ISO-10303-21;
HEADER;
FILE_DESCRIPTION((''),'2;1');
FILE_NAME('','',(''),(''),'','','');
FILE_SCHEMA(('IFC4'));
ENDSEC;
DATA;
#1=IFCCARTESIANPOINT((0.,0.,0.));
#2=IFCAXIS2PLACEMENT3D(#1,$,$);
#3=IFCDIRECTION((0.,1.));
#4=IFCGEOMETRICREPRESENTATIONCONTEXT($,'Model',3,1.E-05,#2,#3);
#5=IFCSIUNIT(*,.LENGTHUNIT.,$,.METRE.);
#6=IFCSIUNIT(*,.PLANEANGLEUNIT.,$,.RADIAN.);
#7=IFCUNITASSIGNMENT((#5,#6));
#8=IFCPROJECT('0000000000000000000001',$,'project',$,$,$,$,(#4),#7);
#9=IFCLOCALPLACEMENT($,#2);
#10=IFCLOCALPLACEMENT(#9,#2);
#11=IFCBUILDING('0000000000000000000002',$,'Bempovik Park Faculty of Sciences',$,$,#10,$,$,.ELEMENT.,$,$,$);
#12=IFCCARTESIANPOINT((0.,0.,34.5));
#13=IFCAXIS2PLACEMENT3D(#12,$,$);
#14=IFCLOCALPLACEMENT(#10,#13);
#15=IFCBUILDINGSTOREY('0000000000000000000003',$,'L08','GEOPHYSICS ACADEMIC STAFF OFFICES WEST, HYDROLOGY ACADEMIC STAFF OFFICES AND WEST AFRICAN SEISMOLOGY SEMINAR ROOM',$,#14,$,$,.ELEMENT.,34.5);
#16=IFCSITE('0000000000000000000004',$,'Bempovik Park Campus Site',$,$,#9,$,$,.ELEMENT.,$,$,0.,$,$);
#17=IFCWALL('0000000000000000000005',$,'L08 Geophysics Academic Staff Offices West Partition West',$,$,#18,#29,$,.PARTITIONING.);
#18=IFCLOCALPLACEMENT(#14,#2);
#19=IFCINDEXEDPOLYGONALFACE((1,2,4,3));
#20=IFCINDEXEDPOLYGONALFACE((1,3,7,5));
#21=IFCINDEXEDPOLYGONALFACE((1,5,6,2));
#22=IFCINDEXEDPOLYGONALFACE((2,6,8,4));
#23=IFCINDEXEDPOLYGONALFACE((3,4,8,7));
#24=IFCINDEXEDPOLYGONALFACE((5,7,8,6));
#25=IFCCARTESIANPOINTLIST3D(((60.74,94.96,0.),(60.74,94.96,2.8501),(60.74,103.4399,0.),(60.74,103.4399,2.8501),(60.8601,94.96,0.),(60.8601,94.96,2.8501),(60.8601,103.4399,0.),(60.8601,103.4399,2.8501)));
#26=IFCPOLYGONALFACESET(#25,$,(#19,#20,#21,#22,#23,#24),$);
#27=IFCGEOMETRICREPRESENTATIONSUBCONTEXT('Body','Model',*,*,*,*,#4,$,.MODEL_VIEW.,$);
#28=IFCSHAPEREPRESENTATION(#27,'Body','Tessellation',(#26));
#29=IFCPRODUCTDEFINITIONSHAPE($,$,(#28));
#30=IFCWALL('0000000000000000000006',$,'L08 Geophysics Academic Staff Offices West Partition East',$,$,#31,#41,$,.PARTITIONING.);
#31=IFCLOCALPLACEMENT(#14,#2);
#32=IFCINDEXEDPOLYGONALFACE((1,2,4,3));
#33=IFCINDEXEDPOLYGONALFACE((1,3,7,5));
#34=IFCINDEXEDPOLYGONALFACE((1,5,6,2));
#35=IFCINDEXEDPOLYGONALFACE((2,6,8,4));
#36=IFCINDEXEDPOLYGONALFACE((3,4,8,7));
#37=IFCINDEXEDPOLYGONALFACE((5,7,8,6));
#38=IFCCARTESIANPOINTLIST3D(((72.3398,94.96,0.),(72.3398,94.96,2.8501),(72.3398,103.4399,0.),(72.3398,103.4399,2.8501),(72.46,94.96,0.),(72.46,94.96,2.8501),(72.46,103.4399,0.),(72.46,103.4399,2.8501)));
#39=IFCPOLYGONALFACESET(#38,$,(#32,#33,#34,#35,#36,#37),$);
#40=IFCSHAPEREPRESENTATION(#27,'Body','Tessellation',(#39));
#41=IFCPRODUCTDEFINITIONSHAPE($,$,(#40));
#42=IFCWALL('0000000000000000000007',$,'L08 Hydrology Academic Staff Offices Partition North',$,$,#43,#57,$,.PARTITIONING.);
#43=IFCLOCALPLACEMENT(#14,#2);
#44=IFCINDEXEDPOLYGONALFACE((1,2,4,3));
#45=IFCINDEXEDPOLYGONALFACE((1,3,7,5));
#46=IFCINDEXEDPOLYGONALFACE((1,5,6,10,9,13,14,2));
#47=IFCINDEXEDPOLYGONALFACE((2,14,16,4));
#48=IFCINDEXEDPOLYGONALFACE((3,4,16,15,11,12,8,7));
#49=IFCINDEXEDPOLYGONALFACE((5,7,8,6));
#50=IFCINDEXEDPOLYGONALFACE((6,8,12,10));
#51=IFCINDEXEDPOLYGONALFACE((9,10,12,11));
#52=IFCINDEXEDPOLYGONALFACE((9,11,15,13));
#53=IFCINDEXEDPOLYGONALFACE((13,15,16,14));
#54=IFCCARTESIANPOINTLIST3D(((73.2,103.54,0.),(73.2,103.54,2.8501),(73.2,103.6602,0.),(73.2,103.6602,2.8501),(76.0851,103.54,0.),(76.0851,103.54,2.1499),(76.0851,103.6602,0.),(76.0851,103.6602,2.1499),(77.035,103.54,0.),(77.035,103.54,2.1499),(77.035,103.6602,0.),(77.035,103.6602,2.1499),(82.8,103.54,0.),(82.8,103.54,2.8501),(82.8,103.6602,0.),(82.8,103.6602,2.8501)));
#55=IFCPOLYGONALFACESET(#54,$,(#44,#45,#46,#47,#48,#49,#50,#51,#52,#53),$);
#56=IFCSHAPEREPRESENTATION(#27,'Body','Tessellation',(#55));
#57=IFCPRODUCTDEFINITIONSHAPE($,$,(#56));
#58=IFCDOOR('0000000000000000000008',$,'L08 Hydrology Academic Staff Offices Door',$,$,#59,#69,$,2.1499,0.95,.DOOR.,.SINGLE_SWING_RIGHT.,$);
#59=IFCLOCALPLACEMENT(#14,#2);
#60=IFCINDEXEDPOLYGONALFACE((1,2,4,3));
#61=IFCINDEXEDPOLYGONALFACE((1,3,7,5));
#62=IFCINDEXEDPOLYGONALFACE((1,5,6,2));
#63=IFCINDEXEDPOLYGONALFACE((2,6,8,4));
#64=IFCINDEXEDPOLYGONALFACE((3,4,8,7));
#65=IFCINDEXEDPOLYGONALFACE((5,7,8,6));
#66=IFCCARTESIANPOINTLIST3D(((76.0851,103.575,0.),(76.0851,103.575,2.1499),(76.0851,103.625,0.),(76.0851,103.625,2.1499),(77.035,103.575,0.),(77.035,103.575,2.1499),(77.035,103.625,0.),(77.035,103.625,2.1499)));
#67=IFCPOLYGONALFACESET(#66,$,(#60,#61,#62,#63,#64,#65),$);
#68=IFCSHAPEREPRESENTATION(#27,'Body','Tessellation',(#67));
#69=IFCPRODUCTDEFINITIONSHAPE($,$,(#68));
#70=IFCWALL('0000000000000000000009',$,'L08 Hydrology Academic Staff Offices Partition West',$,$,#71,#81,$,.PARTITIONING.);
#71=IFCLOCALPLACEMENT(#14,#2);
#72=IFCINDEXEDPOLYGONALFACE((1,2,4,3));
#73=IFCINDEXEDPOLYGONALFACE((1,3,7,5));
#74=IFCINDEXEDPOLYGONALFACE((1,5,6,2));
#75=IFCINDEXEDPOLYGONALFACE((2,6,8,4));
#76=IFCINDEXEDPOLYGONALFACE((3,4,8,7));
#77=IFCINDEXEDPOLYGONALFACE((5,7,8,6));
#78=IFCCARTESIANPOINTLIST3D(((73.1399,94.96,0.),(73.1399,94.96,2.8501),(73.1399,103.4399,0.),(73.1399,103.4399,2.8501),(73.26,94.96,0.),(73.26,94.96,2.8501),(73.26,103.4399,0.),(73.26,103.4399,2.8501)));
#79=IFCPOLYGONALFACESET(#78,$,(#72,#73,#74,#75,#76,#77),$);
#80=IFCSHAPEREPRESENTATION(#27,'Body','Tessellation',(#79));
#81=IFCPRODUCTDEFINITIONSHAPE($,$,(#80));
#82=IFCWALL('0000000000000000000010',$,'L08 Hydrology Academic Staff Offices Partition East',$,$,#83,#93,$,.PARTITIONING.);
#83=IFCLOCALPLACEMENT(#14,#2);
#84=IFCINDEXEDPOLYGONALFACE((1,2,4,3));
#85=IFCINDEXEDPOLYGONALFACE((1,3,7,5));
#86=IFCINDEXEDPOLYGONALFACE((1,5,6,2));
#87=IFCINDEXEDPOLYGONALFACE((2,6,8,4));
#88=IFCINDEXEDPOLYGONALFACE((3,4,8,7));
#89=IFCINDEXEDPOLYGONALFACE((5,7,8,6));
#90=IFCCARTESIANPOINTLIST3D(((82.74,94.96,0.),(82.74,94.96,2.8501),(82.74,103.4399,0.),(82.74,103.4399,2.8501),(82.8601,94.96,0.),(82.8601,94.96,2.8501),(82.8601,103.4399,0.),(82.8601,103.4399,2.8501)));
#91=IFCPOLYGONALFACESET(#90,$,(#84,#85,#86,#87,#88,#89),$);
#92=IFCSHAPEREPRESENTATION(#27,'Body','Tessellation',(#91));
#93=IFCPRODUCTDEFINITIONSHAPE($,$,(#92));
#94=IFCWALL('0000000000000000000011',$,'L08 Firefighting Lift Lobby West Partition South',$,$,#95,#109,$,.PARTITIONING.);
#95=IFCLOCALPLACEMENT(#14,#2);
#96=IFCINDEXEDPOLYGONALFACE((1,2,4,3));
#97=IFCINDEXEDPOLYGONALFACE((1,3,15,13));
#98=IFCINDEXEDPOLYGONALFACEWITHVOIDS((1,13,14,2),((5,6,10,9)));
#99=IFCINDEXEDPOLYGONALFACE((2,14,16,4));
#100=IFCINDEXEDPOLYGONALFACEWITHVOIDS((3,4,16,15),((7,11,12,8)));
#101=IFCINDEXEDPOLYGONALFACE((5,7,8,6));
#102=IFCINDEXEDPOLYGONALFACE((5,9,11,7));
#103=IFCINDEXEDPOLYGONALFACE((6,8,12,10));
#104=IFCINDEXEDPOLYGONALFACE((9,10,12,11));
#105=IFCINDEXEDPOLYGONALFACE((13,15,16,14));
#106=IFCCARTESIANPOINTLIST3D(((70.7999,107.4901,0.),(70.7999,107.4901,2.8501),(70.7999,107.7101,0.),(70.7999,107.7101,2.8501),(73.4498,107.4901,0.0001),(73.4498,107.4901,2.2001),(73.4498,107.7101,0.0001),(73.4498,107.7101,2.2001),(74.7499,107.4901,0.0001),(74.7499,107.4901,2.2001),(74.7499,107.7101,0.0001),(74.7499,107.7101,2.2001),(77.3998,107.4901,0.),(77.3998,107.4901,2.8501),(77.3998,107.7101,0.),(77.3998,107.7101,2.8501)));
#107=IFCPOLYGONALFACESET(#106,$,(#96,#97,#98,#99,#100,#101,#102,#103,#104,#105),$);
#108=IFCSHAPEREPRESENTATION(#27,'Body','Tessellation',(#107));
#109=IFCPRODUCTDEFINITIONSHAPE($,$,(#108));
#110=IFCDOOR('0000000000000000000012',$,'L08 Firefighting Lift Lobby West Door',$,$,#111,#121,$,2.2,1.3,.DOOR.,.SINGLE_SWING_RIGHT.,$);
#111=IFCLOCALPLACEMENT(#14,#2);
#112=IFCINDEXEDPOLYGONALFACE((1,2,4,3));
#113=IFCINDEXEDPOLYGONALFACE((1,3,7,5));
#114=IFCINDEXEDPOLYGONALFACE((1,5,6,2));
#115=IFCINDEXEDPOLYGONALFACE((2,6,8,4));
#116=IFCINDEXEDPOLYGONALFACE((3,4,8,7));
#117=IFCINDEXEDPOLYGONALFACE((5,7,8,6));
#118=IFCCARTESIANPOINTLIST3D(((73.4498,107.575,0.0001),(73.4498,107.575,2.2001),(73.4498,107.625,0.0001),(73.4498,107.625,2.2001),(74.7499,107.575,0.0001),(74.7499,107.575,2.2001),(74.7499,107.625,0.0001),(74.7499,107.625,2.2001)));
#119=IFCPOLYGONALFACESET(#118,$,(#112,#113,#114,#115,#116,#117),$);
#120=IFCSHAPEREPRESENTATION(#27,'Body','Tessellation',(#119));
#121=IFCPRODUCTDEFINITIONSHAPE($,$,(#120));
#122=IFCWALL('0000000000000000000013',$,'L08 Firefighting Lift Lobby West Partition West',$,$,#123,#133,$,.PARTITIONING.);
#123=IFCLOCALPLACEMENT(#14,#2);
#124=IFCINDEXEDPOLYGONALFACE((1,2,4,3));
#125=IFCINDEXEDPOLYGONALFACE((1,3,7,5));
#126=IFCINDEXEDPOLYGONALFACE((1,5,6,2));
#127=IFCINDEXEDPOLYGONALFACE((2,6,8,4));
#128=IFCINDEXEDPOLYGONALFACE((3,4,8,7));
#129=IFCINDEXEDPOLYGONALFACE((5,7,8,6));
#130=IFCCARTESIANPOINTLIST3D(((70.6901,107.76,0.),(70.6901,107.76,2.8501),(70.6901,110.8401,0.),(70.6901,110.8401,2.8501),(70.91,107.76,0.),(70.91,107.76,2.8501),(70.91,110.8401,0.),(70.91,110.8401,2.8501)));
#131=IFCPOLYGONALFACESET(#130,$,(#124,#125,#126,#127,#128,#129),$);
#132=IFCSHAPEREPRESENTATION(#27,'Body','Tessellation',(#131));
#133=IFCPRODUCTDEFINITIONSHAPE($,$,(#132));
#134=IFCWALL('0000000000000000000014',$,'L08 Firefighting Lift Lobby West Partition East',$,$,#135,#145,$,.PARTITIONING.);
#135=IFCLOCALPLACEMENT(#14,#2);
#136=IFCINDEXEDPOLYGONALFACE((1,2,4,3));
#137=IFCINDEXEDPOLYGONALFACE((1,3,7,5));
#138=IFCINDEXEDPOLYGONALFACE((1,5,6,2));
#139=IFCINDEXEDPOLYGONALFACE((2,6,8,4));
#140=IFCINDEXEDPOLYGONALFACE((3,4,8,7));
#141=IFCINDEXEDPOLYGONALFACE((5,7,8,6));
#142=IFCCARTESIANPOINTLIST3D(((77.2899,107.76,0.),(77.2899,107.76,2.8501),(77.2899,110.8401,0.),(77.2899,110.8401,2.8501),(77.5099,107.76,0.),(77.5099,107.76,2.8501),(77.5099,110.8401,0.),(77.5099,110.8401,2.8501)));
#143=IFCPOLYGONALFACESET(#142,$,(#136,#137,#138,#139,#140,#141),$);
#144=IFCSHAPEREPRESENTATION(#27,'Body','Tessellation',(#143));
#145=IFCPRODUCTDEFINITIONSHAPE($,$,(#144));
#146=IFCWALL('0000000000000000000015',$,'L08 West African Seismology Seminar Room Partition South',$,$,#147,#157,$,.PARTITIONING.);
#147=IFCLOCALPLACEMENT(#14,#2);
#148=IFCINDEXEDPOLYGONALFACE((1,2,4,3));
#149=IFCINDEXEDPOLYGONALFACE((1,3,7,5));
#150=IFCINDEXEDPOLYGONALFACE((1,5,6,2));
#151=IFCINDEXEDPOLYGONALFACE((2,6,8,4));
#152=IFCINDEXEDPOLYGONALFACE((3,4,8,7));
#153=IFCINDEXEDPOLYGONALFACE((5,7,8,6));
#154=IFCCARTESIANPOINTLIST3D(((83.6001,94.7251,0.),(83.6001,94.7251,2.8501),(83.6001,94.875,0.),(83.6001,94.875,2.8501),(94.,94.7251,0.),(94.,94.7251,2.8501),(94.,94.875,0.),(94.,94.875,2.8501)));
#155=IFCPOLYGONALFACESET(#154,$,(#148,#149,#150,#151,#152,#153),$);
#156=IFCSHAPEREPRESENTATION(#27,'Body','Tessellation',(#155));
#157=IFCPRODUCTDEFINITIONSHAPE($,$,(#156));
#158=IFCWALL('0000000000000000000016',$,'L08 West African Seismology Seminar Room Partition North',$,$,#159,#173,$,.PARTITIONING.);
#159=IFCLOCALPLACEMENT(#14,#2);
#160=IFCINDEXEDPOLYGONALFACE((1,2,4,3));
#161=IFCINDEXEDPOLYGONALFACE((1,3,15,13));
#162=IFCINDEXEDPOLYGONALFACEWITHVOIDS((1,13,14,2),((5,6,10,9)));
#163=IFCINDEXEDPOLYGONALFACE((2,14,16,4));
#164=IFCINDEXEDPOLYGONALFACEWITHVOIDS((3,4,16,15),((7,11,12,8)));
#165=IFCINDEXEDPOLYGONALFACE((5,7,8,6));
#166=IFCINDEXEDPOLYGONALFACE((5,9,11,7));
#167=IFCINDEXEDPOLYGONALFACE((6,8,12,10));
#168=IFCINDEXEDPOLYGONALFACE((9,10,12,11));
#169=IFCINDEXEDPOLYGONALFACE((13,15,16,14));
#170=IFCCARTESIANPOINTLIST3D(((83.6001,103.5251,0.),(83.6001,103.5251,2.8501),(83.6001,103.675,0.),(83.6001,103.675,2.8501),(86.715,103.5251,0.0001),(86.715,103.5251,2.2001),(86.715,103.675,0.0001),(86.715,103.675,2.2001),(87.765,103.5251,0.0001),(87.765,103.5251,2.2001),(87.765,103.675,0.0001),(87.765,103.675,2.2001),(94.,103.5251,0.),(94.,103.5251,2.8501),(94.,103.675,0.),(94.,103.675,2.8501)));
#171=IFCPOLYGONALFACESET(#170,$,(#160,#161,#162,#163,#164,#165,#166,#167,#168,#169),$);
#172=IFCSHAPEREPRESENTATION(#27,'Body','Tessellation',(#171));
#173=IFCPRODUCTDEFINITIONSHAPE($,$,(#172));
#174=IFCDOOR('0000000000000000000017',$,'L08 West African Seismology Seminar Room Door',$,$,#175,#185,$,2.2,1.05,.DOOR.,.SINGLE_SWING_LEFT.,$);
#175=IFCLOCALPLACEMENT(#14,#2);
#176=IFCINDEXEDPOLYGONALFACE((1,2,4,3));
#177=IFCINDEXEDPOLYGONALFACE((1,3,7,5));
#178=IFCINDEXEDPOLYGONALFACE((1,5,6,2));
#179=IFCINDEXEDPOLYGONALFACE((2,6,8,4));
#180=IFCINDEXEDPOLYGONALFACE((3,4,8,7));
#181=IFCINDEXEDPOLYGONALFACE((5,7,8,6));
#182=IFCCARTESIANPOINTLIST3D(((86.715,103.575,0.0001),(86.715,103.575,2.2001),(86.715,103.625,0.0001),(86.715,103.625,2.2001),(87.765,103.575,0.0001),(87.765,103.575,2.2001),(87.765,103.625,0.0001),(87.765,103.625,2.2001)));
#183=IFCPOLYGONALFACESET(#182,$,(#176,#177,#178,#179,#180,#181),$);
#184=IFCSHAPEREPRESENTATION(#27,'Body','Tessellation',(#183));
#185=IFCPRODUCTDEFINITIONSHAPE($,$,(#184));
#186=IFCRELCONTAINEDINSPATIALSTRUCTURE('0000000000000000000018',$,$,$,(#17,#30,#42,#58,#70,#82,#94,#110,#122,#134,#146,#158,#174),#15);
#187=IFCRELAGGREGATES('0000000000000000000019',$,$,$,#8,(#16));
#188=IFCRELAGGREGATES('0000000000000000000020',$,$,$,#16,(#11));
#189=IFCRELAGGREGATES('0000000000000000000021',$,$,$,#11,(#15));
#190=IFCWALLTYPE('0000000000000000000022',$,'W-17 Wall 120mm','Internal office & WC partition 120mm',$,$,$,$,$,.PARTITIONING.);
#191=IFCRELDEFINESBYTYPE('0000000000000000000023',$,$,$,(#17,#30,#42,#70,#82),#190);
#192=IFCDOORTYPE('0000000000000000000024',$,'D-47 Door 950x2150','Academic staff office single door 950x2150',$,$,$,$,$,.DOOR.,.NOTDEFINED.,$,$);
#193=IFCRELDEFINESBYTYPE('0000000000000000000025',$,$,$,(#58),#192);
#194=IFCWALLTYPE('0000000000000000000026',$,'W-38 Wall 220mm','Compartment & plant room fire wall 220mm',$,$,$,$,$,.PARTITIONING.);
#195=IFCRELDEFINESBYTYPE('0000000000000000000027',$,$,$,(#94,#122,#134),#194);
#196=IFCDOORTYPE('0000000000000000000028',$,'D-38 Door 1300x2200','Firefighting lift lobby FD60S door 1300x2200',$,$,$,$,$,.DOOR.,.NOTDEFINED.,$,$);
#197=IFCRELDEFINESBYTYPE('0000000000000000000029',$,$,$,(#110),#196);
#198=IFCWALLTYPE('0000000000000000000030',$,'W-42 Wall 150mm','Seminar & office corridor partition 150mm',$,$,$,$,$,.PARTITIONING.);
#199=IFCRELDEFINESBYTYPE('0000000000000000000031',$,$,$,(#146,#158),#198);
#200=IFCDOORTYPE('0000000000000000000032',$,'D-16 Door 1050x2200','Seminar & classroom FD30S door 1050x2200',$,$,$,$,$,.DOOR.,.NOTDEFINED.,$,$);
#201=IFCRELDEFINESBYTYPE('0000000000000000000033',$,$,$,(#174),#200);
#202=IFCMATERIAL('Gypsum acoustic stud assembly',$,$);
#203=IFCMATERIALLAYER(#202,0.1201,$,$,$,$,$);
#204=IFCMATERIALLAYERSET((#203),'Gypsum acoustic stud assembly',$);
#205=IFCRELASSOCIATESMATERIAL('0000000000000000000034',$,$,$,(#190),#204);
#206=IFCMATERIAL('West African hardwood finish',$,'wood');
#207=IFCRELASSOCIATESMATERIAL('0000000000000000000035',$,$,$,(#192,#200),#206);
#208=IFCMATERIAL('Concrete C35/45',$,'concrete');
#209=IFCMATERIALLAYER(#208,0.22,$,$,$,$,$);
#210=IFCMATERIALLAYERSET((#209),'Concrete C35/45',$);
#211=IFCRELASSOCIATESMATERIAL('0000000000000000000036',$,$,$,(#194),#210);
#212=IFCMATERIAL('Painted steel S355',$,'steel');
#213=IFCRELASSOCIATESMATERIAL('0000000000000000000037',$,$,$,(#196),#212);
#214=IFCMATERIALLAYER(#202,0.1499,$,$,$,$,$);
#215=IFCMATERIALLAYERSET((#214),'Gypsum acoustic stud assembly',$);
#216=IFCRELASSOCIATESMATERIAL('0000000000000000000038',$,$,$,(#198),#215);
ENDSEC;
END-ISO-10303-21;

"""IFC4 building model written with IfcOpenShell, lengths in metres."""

from ifc_helpers import new_model, si_unit, direction, frame, frame_2d, origin, place, context, subcontext, project, spatial, rectangle, extrude, material, layer, layer_set, type_object, element, fill, save


model = new_model("IFC4")

# Units and contexts
model_context = context("Model", 3, precision=1e-05, world=origin(), true_north=direction((0.0, 1.0)))
body_context = subcontext(model_context, "Body", "Model", "MODEL_VIEW")
ifc_project = project(units=[si_unit("LENGTHUNIT", "METRE"), si_unit("PLANEANGLEUNIT", "RADIAN")], contexts=[model_context])

# Site, building, storey
site_placement = place(None, origin())
site = spatial("IfcSite", under=ifc_project, at=site_placement, Name="Bempovik Park Campus Site", CompositionType="ELEMENT", RefElevation=0.0)
building_placement = place(site_placement, origin())
building = spatial("IfcBuilding", under=site, at=building_placement, Name="Bempovik Park Faculty of Sciences", CompositionType="ELEMENT")
storey_placement = place(building_placement, frame((0.0, 0.0, 34.5)))
storey = spatial("IfcBuildingStorey", under=building, at=storey_placement, Name="L08", Description="GEOPHYSICS ACADEMIC STAFF OFFICES WEST, HYDROLOGY ACADEMIC STAFF OFFICES AND WEST AFRICAN SEISMOLOGY SEMINAR ROOM", CompositionType="ELEMENT", Elevation=34.5)

# Shared definitions
ifc_material_1 = material(Name="Concrete C35/45", Category="concrete")

# Shared definitions
ifc_material_2 = material(Name="Gypsum acoustic stud assembly")
ifc_layer_1 = layer(ifc_material_2, 0.1201)
ifc_layer_set_1 = layer_set([ifc_layer_1], Name="Gypsum acoustic stud assembly")
wall_type_1 = type_object("IfcWallType", Name="W-17 Wall 120mm", Description="Internal office & WC partition 120mm", PredefinedType="PARTITIONING", material=ifc_layer_set_1)
ifc_material_3 = material(Name="West African hardwood finish", Category="wood")
door_type_1 = type_object("IfcDoorType", Name="D-47 Door 950x2150", Description="Academic staff office single door 950x2150", OperationType="NOTDEFINED", PredefinedType="DOOR", material=ifc_material_3)

# Walls
for number, where, z_axis, x_axis, name in (
    (1, (60.8, 94.96, 0.0), (0.0, 0.0, 1.0), (0.0, 1.0, 0.0), "L08 Geophysics Academic Staff Offices West Partition West"),
    (2, (72.3999, 94.96, 0.0), (0.0, 0.0, 1.0), (0.0, 1.0, 0.0), "L08 Geophysics Academic Staff Offices West Partition East"),
):
    element("IfcWall", number, at=place(storey_placement, frame(where, z_axis=z_axis, x_axis=x_axis)), inside=storey, type_object=wall_type_1, Name=name, PredefinedType="PARTITIONING", context=body_context, shape_type="SweptSolid", body=[
        extrude(rectangle(XDim=8.48, YDim=0.1201, at=frame_2d((4.24, 0.0))), origin(), (0.0, 0.0, 1.0), 2.8501),
    ])

# Wall, opening, door
wall_1_placement = place(storey_placement, frame((73.2, 103.6001, 0.0), z_axis=(0.0, 0.0, 1.0), x_axis=(1.0, 0.0, 0.0)))
wall_1 = element("IfcWall", 3, at=wall_1_placement, inside=storey, type_object=wall_type_1, Name="L08 Hydrology Academic Staff Offices Partition North", PredefinedType="PARTITIONING", context=body_context, shape_type="SweptSolid", body=[
    extrude(rectangle(XDim=9.6001, YDim=0.1201, at=frame_2d((4.8, 0.0))), origin(), (0.0, 0.0, 1.0), 2.8501),
])
opening_1_placement = place(wall_1_placement, frame((2.885, 0.0, 0.0)))
opening_1 = element("IfcOpeningElement", 4, at=opening_1_placement, cuts=wall_1, PredefinedType="OPENING", context=body_context, shape_type="SweptSolid", body=[
    extrude(rectangle(XDim=0.95, YDim=2.1499, at=frame_2d((0.4751, 1.075))), frame((0.0, 0.0701, 0.0), z_axis=(0.0, -1.0, 0.0), x_axis=(1.0, 0.0, 0.0)), (0.0, 0.0, 1.0), 0.1401),
])
door_1_placement = place(opening_1_placement, origin())
door_1 = element("IfcDoor", 5, at=door_1_placement, inside=storey, type_object=door_type_1, Name="L08 Hydrology Academic Staff Offices Door", OperationType="SINGLE_SWING_RIGHT", OverallHeight=2.1499, OverallWidth=0.95, PredefinedType="DOOR", context=body_context, shape_type="SweptSolid", body=[
    extrude(rectangle(XDim=0.95, YDim=2.1499, at=frame_2d((0.4751, 1.075))), frame((0.0, 0.0249, 0.0), z_axis=(0.0, -1.0, 0.0), x_axis=(1.0, 0.0, 0.0)), (0.0, 0.0, 1.0), 0.05),
])
fill(opening_1, door_1)

# Walls
for number, where, z_axis, x_axis, name in (
    (6, (73.2, 94.96, 0.0), (0.0, 0.0, 1.0), (0.0, 1.0, 0.0), "L08 Hydrology Academic Staff Offices Partition West"),
    (7, (82.8, 94.96, 0.0), (0.0, 0.0, 1.0), (0.0, 1.0, 0.0), "L08 Hydrology Academic Staff Offices Partition East"),
):
    element("IfcWall", number, at=place(storey_placement, frame(where, z_axis=z_axis, x_axis=x_axis)), inside=storey, type_object=wall_type_1, Name=name, PredefinedType="PARTITIONING", context=body_context, shape_type="SweptSolid", body=[
        extrude(rectangle(XDim=8.48, YDim=0.1201, at=frame_2d((4.24, 0.0))), origin(), (0.0, 0.0, 1.0), 2.8501),
    ])

# Wall, opening, door
ifc_layer_2 = layer(ifc_material_1, 0.22)
ifc_layer_set_2 = layer_set([ifc_layer_2], Name="Concrete C35/45")
wall_type_2 = type_object("IfcWallType", Name="W-38 Wall 220mm", Description="Compartment & plant room fire wall 220mm", PredefinedType="PARTITIONING", material=ifc_layer_set_2)
wall_2_placement = place(storey_placement, frame((70.8, 107.6001, 0.0), z_axis=(0.0, 0.0, 1.0), x_axis=(1.0, 0.0, 0.0)))
wall_2 = element("IfcWall", 8, at=wall_2_placement, inside=storey, type_object=wall_type_2, Name="L08 Firefighting Lift Lobby West Partition South", PredefinedType="PARTITIONING", context=body_context, shape_type="SweptSolid", body=[
    extrude(rectangle(XDim=6.5999, YDim=0.22, at=frame_2d((3.2998, 0.0))), origin(), (0.0, 0.0, 1.0), 2.8501),
])
opening_2_placement = place(wall_2_placement, frame((2.6499, 0.0, 0.0)))
opening_2 = element("IfcOpeningElement", 9, at=opening_2_placement, cuts=wall_2, PredefinedType="OPENING", context=body_context, shape_type="SweptSolid", body=[
    extrude(rectangle(XDim=1.3, YDim=2.2, at=frame_2d((0.6499, 1.1001))), frame((0.0, 0.1201, 0.0), z_axis=(0.0, -1.0, 0.0), x_axis=(1.0, 0.0, 0.0)), (0.0, 0.0, 1.0), 0.24),
])
ifc_material_4 = material(Name="Painted steel S355", Category="steel")
door_type_2 = type_object("IfcDoorType", Name="D-38 Door 1300x2200", Description="Firefighting lift lobby FD60S door 1300x2200", OperationType="NOTDEFINED", PredefinedType="DOOR", material=ifc_material_4)
door_2_placement = place(opening_2_placement, origin())
door_2 = element("IfcDoor", 10, at=door_2_placement, inside=storey, type_object=door_type_2, Name="L08 Firefighting Lift Lobby West Door", OperationType="SINGLE_SWING_RIGHT", OverallHeight=2.2, OverallWidth=1.3, PredefinedType="DOOR", context=body_context, shape_type="SweptSolid", body=[
    extrude(rectangle(XDim=1.3, YDim=2.2, at=frame_2d((0.6499, 1.1001))), frame((0.0, 0.0249, 0.0), z_axis=(0.0, -1.0, 0.0), x_axis=(1.0, 0.0, 0.0)), (0.0, 0.0, 1.0), 0.05),
])
fill(opening_2, door_2)

# Walls
for number, where, z_axis, x_axis, name in (
    (11, (70.8, 107.76, 0.0), (0.0, 0.0, 1.0), (0.0, 1.0, 0.0), "L08 Firefighting Lift Lobby West Partition West"),
    (12, (77.3999, 107.76, 0.0), (0.0, 0.0, 1.0), (0.0, 1.0, 0.0), "L08 Firefighting Lift Lobby West Partition East"),
):
    element("IfcWall", number, at=place(storey_placement, frame(where, z_axis=z_axis, x_axis=x_axis)), inside=storey, type_object=wall_type_2, Name=name, PredefinedType="PARTITIONING", context=body_context, shape_type="SweptSolid", body=[
        extrude(rectangle(XDim=3.0801, YDim=0.22, at=frame_2d((1.54, 0.0))), origin(), (0.0, 0.0, 1.0), 2.8501),
    ])
ifc_layer_3 = layer(ifc_material_2, 0.1499)
ifc_layer_set_3 = layer_set([ifc_layer_3], Name="Gypsum acoustic stud assembly")
wall_type_3 = type_object("IfcWallType", Name="W-42 Wall 150mm", Description="Seminar & office corridor partition 150mm", PredefinedType="PARTITIONING", material=ifc_layer_set_3)
wall_3_placement = place(storey_placement, frame((83.6001, 94.8, 0.0), z_axis=(0.0, 0.0, 1.0), x_axis=(1.0, 0.0, 0.0)))
element("IfcWall", 13, at=wall_3_placement, inside=storey, type_object=wall_type_3, Name="L08 West African Seismology Seminar Room Partition South", PredefinedType="PARTITIONING", context=body_context, shape_type="SweptSolid", body=[
    extrude(rectangle(XDim=10.3999, YDim=0.1499, at=frame_2d((5.2, 0.0))), origin(), (0.0, 0.0, 1.0), 2.8501),
])

# Wall, opening, door
wall_4_placement = place(storey_placement, frame((83.6001, 103.6001, 0.0), z_axis=(0.0, 0.0, 1.0), x_axis=(1.0, 0.0, 0.0)))
wall_4 = element("IfcWall", 14, at=wall_4_placement, inside=storey, type_object=wall_type_3, Name="L08 West African Seismology Seminar Room Partition North", PredefinedType="PARTITIONING", context=body_context, shape_type="SweptSolid", body=[
    extrude(rectangle(XDim=10.3999, YDim=0.1499, at=frame_2d((5.2, 0.0))), origin(), (0.0, 0.0, 1.0), 2.8501),
])
opening_3_placement = place(wall_4_placement, frame((3.115, 0.0, 0.0)))
opening_3 = element("IfcOpeningElement", 15, at=opening_3_placement, cuts=wall_4, PredefinedType="OPENING", context=body_context, shape_type="SweptSolid", body=[
    extrude(rectangle(XDim=1.05, YDim=2.2, at=frame_2d((0.5249, 1.1001))), frame((0.0, 0.085, 0.0), z_axis=(0.0, -1.0, 0.0), x_axis=(1.0, 0.0, 0.0)), (0.0, 0.0, 1.0), 0.1699),
])
door_type_3 = type_object("IfcDoorType", Name="D-16 Door 1050x2200", Description="Seminar & classroom FD30S door 1050x2200", OperationType="NOTDEFINED", PredefinedType="DOOR", material=ifc_material_3)
door_3_placement = place(opening_3_placement, origin())
door_3 = element("IfcDoor", 16, at=door_3_placement, inside=storey, type_object=door_type_3, Name="L08 West African Seismology Seminar Room Door", OperationType="SINGLE_SWING_LEFT", OverallHeight=2.2, OverallWidth=1.05, PredefinedType="DOOR", context=body_context, shape_type="SweptSolid", body=[
    extrude(rectangle(XDim=1.05, YDim=2.2, at=frame_2d((0.5249, 1.1001))), frame((0.0, 0.0249, 0.0), z_axis=(0.0, -1.0, 0.0), x_axis=(1.0, 0.0, 0.0)), (0.0, 0.0, 1.0), 0.05),
])
fill(opening_3, door_3)

save(model, "model.ifc")
